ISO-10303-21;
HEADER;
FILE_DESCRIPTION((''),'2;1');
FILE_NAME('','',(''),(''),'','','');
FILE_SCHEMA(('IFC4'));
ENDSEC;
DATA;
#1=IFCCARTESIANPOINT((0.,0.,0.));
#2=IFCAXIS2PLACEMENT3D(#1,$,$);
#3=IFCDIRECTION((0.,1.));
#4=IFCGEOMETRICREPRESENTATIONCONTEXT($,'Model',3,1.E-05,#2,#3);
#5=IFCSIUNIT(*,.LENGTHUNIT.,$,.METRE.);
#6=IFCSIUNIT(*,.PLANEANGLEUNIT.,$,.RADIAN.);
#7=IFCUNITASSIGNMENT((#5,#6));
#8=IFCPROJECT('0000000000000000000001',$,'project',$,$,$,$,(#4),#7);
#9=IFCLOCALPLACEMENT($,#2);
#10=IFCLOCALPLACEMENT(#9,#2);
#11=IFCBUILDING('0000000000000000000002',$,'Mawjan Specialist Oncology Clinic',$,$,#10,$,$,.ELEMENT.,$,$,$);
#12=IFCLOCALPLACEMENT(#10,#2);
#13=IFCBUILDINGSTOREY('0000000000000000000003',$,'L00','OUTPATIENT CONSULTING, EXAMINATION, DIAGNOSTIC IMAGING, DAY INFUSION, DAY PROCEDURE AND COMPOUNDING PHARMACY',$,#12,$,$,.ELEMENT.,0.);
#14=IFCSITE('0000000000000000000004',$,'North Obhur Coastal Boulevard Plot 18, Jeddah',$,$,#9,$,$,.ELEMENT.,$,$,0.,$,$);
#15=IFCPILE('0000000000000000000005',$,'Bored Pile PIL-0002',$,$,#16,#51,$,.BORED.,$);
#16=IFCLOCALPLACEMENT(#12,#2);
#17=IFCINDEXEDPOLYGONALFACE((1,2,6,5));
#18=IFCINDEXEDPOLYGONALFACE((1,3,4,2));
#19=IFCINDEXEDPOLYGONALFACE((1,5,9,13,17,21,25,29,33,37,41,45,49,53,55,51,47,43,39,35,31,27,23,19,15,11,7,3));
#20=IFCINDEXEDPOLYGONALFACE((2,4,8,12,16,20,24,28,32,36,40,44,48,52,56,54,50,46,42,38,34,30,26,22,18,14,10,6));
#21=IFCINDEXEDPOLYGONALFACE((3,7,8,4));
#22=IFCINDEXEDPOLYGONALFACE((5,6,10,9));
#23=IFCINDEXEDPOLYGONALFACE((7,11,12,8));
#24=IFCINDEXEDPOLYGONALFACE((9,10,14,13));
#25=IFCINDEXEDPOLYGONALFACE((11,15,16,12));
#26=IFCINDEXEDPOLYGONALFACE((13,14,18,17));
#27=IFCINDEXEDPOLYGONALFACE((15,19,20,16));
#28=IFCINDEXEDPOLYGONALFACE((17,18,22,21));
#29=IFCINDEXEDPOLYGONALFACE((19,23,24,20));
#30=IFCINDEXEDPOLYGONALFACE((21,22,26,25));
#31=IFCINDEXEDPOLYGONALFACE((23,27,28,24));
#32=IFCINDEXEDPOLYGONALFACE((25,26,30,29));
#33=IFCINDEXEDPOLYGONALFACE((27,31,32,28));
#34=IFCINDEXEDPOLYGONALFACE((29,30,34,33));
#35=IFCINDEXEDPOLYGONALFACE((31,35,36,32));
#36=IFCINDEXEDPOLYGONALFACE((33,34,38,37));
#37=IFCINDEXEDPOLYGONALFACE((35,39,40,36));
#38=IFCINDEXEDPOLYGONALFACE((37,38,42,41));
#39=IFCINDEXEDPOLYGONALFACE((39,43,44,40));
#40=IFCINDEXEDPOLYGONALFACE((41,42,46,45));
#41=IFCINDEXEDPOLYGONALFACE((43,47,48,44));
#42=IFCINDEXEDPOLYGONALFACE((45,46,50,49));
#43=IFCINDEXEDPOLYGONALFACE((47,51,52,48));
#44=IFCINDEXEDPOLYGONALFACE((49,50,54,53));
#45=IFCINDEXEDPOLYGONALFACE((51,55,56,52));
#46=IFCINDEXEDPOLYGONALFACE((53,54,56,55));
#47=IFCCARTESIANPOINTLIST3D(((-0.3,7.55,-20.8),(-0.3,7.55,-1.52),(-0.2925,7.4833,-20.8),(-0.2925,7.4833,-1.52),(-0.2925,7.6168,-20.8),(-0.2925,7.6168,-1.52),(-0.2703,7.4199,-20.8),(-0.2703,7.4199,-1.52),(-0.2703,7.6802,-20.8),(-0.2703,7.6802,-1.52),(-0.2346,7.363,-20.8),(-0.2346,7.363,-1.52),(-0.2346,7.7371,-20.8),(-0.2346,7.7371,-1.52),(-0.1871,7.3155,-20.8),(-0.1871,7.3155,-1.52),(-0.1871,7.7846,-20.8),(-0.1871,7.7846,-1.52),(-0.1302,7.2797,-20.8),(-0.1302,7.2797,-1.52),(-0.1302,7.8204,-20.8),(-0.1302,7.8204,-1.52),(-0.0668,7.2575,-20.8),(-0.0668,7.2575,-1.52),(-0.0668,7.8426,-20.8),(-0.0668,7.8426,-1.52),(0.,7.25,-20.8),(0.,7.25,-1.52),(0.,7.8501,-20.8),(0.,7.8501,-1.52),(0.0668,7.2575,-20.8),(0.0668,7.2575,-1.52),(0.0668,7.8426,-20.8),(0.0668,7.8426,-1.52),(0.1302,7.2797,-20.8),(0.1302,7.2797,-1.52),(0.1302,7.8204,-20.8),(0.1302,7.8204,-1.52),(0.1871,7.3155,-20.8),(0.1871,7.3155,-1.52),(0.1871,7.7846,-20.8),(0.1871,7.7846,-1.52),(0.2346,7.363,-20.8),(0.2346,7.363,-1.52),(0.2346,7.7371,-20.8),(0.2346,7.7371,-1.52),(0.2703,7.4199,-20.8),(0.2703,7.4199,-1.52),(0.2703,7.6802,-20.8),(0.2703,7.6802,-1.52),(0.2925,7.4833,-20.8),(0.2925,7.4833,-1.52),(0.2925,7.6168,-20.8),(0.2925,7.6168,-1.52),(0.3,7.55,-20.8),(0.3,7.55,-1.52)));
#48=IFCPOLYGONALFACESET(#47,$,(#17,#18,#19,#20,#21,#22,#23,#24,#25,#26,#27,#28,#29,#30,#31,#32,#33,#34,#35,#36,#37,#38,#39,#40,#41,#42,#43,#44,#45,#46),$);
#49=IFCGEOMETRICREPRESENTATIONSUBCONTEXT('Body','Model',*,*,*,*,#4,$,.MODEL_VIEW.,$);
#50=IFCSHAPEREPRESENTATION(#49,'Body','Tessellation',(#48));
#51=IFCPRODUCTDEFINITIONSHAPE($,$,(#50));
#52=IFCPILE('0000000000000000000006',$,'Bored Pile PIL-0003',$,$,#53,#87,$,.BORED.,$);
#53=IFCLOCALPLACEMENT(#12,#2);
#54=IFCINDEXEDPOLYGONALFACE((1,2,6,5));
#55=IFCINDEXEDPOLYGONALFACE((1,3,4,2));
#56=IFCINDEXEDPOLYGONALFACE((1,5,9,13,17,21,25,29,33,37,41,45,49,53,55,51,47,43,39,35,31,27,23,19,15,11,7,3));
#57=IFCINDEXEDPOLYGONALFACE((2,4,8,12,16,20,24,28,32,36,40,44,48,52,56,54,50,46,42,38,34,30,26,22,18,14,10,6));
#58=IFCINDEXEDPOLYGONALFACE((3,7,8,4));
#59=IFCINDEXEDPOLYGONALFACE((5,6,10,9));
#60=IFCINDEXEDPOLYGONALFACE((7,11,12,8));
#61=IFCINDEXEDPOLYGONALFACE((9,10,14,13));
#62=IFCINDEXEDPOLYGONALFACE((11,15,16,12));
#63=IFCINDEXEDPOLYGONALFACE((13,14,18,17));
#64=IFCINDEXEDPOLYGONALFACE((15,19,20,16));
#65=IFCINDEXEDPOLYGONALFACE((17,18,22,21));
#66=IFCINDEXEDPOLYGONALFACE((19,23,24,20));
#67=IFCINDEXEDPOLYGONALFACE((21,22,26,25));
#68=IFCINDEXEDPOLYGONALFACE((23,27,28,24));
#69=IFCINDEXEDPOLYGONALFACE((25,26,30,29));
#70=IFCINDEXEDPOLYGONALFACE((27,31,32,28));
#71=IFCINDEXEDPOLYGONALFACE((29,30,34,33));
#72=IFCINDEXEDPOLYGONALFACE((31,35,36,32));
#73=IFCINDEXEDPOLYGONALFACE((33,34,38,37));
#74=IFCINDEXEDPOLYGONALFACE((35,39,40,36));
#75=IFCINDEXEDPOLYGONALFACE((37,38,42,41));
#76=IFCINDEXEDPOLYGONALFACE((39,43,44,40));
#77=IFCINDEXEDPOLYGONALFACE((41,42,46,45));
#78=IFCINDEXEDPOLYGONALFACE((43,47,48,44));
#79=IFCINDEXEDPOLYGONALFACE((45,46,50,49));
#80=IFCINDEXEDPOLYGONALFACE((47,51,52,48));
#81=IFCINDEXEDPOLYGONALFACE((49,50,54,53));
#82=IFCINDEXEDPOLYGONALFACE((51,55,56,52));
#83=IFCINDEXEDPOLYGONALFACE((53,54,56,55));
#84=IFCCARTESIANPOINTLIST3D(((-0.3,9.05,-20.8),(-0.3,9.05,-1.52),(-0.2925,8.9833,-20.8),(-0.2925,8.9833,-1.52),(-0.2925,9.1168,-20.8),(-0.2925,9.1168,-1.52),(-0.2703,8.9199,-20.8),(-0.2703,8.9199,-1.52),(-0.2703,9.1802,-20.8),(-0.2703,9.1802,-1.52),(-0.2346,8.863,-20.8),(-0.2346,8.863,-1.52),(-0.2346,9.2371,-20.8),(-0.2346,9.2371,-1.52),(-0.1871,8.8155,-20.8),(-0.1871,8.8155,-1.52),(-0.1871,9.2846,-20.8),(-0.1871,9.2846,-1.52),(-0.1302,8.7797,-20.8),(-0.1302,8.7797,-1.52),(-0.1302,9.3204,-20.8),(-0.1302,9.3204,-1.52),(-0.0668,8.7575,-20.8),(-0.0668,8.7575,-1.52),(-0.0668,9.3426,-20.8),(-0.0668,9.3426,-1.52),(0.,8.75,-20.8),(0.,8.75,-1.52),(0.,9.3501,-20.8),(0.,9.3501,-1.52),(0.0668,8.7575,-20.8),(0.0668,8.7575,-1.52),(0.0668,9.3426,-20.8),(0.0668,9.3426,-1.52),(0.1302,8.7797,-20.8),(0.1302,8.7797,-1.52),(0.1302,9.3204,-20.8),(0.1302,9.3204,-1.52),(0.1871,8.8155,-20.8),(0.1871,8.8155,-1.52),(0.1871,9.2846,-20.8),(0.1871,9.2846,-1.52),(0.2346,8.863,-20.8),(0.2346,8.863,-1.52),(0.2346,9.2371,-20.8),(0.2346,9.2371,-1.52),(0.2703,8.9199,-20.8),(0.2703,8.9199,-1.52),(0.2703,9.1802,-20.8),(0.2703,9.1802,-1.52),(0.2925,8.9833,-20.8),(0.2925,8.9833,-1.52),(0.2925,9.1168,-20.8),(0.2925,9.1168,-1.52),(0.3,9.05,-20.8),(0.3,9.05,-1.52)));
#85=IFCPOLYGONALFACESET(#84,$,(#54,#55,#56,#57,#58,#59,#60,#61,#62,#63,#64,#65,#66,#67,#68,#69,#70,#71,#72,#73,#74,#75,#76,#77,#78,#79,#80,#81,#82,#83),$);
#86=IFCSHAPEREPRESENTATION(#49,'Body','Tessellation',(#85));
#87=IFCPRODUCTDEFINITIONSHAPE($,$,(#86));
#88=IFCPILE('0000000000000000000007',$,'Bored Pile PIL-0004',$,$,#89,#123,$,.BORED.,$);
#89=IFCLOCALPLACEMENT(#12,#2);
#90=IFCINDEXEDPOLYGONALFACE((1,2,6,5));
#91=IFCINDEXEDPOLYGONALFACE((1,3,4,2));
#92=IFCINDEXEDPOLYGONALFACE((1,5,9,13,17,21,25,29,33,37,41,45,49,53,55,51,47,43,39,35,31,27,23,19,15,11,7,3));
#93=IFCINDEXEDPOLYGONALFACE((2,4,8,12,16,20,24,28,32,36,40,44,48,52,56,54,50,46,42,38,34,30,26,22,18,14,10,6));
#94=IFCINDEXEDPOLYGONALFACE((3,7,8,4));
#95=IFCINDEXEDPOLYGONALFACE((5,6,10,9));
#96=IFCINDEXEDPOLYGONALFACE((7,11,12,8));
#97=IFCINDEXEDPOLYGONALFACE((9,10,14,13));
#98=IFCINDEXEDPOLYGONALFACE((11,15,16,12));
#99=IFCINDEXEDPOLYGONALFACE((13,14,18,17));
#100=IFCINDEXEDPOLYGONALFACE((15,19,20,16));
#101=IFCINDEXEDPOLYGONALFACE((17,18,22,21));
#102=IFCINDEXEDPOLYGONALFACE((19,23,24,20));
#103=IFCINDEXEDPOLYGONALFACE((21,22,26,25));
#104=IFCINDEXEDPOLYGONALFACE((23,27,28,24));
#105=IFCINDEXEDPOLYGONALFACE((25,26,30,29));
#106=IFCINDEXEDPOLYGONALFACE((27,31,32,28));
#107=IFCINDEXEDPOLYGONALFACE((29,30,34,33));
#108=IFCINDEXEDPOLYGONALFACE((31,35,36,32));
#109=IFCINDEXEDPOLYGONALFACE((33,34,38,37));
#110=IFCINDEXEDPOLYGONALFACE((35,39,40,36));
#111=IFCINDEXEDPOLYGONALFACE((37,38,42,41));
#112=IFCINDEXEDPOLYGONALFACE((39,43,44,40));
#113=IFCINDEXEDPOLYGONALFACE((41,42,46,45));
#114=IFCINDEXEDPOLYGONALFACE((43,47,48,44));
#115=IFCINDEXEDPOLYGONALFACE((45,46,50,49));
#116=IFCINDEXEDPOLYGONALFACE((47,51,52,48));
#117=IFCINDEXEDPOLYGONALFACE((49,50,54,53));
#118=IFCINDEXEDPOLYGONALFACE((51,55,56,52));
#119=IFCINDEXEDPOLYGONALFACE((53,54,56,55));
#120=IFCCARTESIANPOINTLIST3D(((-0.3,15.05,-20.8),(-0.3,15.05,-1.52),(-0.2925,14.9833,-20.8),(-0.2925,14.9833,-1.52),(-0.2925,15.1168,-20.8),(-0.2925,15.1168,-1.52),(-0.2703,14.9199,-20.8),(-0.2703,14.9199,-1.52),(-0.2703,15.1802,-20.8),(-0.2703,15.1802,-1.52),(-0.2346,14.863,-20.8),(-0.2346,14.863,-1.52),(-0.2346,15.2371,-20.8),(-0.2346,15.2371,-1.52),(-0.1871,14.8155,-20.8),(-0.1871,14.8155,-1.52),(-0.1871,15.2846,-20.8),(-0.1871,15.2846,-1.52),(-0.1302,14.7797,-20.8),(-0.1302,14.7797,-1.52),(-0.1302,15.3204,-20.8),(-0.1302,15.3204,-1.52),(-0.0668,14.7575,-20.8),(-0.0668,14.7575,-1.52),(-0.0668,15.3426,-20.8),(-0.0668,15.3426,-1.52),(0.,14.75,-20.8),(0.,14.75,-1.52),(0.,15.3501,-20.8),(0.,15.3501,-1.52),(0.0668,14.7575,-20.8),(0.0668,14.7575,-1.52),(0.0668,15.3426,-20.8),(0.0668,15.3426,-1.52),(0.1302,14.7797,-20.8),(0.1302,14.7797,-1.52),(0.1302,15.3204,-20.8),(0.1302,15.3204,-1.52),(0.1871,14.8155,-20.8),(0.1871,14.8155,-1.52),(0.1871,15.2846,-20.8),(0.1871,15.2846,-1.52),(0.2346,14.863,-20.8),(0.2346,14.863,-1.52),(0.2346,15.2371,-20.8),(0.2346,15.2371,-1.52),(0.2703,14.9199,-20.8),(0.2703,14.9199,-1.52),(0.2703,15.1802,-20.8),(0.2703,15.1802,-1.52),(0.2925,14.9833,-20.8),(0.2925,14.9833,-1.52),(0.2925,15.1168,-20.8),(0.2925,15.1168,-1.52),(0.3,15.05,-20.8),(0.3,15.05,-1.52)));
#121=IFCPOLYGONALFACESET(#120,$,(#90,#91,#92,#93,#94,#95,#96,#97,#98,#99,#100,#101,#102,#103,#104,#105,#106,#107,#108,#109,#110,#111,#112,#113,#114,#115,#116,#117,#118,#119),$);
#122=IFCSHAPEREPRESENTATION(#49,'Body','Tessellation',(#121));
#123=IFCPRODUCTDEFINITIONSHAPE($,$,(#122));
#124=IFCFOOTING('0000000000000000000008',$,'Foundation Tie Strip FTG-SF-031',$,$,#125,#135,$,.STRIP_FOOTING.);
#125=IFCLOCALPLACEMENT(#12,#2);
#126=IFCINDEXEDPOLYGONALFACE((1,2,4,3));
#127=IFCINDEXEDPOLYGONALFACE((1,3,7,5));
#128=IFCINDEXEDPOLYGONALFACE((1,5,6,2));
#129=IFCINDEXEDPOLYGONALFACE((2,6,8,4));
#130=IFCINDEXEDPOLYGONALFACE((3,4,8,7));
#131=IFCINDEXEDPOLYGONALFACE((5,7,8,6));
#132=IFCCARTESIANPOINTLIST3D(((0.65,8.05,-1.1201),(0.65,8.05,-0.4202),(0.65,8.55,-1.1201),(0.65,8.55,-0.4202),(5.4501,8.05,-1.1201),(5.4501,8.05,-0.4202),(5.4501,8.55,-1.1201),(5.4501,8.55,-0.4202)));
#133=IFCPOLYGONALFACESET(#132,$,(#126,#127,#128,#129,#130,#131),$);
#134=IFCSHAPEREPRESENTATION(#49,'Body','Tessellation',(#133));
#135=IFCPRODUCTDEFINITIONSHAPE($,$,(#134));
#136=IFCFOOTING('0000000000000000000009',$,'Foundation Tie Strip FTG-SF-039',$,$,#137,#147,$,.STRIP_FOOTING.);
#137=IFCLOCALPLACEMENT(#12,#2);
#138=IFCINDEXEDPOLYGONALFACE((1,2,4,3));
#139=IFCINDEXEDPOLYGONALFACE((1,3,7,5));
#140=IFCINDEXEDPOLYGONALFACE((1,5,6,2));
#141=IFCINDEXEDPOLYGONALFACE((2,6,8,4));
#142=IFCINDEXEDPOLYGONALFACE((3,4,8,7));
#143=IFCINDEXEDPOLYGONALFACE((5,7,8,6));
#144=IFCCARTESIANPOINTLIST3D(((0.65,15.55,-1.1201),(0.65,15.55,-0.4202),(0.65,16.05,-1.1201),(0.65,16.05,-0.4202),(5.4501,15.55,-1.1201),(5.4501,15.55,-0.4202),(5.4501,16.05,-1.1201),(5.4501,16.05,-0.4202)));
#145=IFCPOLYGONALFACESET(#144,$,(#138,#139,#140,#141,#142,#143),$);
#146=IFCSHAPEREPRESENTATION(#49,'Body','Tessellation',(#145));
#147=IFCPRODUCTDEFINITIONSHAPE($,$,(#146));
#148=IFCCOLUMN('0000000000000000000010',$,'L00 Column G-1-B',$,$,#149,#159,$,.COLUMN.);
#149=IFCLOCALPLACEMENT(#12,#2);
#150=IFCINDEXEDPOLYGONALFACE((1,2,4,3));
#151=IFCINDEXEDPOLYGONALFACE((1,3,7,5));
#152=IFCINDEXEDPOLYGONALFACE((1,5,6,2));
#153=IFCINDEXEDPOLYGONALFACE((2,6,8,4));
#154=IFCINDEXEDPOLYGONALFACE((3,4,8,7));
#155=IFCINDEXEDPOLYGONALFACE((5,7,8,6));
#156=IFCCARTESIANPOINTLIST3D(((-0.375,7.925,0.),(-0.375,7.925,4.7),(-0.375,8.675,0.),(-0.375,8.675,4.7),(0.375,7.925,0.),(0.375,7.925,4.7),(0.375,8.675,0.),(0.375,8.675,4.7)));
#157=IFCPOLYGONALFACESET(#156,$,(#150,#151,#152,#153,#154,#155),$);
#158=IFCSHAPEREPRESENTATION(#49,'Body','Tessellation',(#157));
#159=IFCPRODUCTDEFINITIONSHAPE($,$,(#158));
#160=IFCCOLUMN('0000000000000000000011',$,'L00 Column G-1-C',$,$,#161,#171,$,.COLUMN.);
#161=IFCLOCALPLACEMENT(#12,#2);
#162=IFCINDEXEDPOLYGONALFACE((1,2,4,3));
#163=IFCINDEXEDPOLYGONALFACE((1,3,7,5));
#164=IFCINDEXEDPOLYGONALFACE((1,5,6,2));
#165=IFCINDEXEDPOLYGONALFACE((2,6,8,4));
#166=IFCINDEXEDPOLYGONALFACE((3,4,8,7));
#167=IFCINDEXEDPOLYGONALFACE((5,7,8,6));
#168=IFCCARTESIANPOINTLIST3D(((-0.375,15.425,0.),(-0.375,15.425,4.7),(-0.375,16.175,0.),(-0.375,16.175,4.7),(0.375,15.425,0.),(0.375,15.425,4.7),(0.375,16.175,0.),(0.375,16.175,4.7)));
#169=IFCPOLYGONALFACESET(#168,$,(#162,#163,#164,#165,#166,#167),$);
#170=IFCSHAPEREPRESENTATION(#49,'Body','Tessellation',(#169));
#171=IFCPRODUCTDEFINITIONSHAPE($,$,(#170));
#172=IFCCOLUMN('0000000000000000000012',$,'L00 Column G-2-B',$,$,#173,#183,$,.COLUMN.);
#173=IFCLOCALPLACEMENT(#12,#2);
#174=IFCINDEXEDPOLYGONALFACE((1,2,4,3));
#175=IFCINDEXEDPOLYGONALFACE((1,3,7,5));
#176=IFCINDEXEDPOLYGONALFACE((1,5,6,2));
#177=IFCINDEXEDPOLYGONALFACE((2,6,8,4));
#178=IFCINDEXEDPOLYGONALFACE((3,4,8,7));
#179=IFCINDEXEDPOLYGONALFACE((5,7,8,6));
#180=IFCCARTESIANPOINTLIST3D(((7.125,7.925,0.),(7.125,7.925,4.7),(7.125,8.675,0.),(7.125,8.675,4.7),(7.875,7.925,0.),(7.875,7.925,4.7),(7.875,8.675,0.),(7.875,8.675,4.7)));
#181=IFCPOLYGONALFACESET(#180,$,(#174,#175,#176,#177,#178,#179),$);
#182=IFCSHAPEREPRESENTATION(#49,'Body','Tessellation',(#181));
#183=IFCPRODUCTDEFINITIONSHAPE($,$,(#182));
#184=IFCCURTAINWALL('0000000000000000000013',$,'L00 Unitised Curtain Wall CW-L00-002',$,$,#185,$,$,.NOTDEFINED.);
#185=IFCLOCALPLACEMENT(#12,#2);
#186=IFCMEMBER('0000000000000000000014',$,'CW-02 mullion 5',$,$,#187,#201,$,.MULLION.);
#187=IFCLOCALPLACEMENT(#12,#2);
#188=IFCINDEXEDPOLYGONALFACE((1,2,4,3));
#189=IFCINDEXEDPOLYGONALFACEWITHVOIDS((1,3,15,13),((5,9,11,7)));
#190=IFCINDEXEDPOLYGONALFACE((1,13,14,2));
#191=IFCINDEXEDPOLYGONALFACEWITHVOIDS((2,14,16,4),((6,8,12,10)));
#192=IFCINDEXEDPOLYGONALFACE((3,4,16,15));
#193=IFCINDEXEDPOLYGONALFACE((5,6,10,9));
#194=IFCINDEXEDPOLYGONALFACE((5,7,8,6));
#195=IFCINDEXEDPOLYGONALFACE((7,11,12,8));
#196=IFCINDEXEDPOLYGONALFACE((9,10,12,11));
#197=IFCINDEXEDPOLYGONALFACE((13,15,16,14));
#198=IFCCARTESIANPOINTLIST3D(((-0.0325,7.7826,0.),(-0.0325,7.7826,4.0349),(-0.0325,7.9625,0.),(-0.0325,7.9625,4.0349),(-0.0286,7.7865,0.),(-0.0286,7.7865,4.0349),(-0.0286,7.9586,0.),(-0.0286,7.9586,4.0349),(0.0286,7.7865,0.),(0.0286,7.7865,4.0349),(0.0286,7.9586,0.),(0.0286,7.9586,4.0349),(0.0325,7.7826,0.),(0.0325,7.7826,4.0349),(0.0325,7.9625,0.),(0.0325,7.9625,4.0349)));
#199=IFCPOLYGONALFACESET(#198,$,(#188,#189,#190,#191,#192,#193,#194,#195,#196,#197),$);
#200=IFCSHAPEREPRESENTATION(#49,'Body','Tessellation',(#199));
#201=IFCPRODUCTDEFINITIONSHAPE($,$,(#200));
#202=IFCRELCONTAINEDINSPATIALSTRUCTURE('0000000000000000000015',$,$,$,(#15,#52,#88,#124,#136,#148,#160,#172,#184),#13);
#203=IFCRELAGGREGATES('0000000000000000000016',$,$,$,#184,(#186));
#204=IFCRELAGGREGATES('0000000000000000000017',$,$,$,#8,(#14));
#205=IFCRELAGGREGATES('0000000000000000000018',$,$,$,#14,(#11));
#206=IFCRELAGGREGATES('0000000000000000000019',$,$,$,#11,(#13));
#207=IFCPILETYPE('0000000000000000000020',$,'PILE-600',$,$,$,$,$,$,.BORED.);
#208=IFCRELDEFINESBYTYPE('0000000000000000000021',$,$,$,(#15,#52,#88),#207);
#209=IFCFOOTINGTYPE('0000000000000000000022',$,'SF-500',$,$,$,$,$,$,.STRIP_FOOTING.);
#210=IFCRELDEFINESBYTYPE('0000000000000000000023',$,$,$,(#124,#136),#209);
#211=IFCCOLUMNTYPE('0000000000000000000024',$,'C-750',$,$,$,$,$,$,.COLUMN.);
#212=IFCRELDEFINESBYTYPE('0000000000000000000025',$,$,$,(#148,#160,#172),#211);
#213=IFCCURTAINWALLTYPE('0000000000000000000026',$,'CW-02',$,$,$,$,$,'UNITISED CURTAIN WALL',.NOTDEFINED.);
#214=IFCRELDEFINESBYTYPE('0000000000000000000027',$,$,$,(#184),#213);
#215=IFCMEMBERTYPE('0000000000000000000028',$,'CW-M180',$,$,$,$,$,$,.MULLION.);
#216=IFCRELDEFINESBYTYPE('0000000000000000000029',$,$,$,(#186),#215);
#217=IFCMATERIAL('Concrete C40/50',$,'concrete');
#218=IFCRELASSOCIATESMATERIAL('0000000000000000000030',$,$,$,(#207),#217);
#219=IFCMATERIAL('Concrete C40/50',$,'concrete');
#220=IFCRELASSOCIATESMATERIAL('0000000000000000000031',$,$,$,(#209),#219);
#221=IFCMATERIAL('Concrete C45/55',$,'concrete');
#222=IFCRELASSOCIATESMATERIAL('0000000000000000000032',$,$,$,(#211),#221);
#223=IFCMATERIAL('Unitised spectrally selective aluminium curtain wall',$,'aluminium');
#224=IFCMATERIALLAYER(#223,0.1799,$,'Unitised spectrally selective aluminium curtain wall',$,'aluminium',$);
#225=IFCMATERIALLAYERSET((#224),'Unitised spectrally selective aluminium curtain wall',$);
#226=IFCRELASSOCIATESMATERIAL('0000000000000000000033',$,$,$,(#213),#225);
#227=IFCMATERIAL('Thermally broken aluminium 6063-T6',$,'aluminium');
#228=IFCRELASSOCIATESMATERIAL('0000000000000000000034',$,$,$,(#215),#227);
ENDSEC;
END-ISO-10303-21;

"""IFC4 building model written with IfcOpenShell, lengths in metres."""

from ifc_helpers import new_model, si_unit, direction, frame, origin, origin_2d, place, context, subcontext, project, spatial, rectangle, hollow_rectangle, circle, extrude, material, layer, layer_set, material_profile, profile_set, type_object, element, aggregate, save


model = new_model("IFC4")

# Units and contexts
model_context = context("Model", 3, precision=1e-05, world=origin(), true_north=direction((0.0, 1.0)))
body_context = subcontext(model_context, "Body", "Model", "MODEL_VIEW")
ifc_project = project(units=[si_unit("LENGTHUNIT", "METRE"), si_unit("PLANEANGLEUNIT", "RADIAN")], contexts=[model_context])

# Site, building, storey
site_placement = place(None, origin())
site = spatial("IfcSite", under=ifc_project, at=site_placement, Name="North Obhur Coastal Boulevard Plot 18, Jeddah", CompositionType="ELEMENT", RefElevation=0.0)
building_placement = place(site_placement, origin())
building = spatial("IfcBuilding", under=site, at=building_placement, Name="Mawjan Specialist Oncology Clinic", CompositionType="ELEMENT")
storey_placement = place(building_placement, origin())
storey = spatial("IfcBuildingStorey", under=building, at=storey_placement, Name="L00", Description="OUTPATIENT CONSULTING, EXAMINATION, DIAGNOSTIC IMAGING, DAY INFUSION, DAY PROCEDURE AND COMPOUNDING PHARMACY", CompositionType="ELEMENT", Elevation=0.0)

# Piles
ifc_material_1 = material(Name="Concrete C40/50", Category="concrete")
ifc_material_profile_1 = material_profile(ifc_material_1, circle(Radius=0.3, at=origin_2d()), Name="BORED PILE D600", Category="concrete")
ifc_profile_set_1 = profile_set([ifc_material_profile_1], Name="Concrete C40/50")
pile_type_1 = type_object("IfcPileType", Name="PILE-600", PredefinedType="BORED", material=ifc_profile_set_1)
for number, where, z_axis, x_axis, name in (
    (1, (0.0, 7.55, -1.52), (0.0, 0.0, -1.0), (1.0, 0.0, 0.0), "Bored Pile PIL-0002"),
    (2, (0.0, 9.05, -1.52), (0.0, 0.0, -1.0), (1.0, 0.0, 0.0), "Bored Pile PIL-0003"),
    (3, (0.0, 15.05, -1.52), (0.0, 0.0, -1.0), (1.0, 0.0, 0.0), "Bored Pile PIL-0004"),
):
    element("IfcPile", number, at=place(storey_placement, frame(where, z_axis=z_axis, x_axis=x_axis)), inside=storey, type_object=pile_type_1, Name=name, PredefinedType="BORED", context=body_context, shape_type="SweptSolid", body=[
        extrude(circle(Radius=0.3, at=origin_2d()), origin(), (0.0, 0.0, 1.0), 19.28),
    ])

# Footings
ifc_material_2 = material(Name="Concrete C40/50", Category="concrete")
footing_type_1 = type_object("IfcFootingType", Name="SF-500", PredefinedType="STRIP_FOOTING", material=ifc_material_2)
for number, where, z_axis, x_axis, name in (
    (4, (3.05, 8.3, -1.1201), (0.0, 0.0, 1.0), (1.0, 0.0, 0.0), "Foundation Tie Strip FTG-SF-031"),
    (5, (3.05, 15.8, -1.1201), (0.0, 0.0, 1.0), (1.0, 0.0, 0.0), "Foundation Tie Strip FTG-SF-039"),
):
    element("IfcFooting", number, at=place(storey_placement, frame(where, z_axis=z_axis, x_axis=x_axis)), inside=storey, type_object=footing_type_1, Name=name, PredefinedType="STRIP_FOOTING", context=body_context, shape_type="SweptSolid", body=[
        extrude(rectangle(XDim=4.8, YDim=0.5, at=origin_2d()), origin(), (0.0, 0.0, 1.0), 0.7),
    ])

# Columns
ifc_material_3 = material(Name="Concrete C45/55", Category="concrete")
ifc_material_profile_2 = material_profile(ifc_material_3, rectangle(XDim=0.75, YDim=0.75, at=origin_2d()), Name="RC COL 750x750", Category="concrete")
ifc_profile_set_2 = profile_set([ifc_material_profile_2], Name="Concrete C45/55")
column_type = type_object("IfcColumnType", Name="C-750", PredefinedType="COLUMN", material=ifc_profile_set_2)
for number, where, z_axis, x_axis, name in (
    (6, (0.0, 8.3, 0.0), (0.0, 0.0, 1.0), (1.0, 0.0, 0.0), "L00 Column G-1-B"),
    (7, (0.0, 15.8, 0.0), (0.0, 0.0, 1.0), (1.0, 0.0, 0.0), "L00 Column G-1-C"),
    (8, (7.5, 8.3, 0.0), (0.0, 0.0, 1.0), (1.0, 0.0, 0.0), "L00 Column G-2-B"),
):
    element("IfcColumn", number, at=place(storey_placement, frame(where, z_axis=z_axis, x_axis=x_axis)), inside=storey, type_object=column_type, Name=name, PredefinedType="COLUMN", context=body_context, shape_type="SweptSolid", body=[
        extrude(rectangle(XDim=0.75, YDim=0.75, at=origin_2d()), origin(), (0.0, 0.0, 1.0), 4.7),
    ])

# Curtain wall, member
ifc_material_4 = material(Name="Unitised spectrally selective aluminium curtain wall", Category="aluminium")
ifc_layer_1 = layer(ifc_material_4, 0.1799, Name="Unitised spectrally selective aluminium curtain wall", Category="aluminium")
ifc_layer_set_1 = layer_set([ifc_layer_1], Name="Unitised spectrally selective aluminium curtain wall")
curtain_wall_type = type_object("IfcCurtainWallType", Name="CW-02", ElementType="UNITISED CURTAIN WALL", PredefinedType="NOTDEFINED", material=ifc_layer_set_1)
curtain_wall_1_placement = place(storey_placement, origin())
curtain_wall_1 = element("IfcCurtainWall", 9, at=curtain_wall_1_placement, inside=storey, type_object=curtain_wall_type, Name="L00 Unitised Curtain Wall CW-L00-002", PredefinedType="NOTDEFINED")
ifc_material_5 = material(Name="Thermally broken aluminium 6063-T6", Category="aluminium")
ifc_material_profile_3 = material_profile(ifc_material_5, hollow_rectangle(XDim=0.0649, YDim=0.1799, WallThickness=0.0039, at=origin_2d()), Name="ALU MULLION 180x65x4", Category="aluminium")
ifc_profile_set_3 = profile_set([ifc_material_profile_3], Name="Thermally broken aluminium 6063-T6")
member_type_1 = type_object("IfcMemberType", Name="CW-M180", PredefinedType="MULLION", material=ifc_profile_set_3)
member_1_placement = place(storey_placement, frame((0.0, 7.8726, 0.0), z_axis=(0.0, 0.0, 1.0), x_axis=(-1.0, 0.0, 0.0)))
member_1 = element("IfcMember", 10, at=member_1_placement, type_object=member_type_1, Name="CW-02 mullion 5", PredefinedType="MULLION", context=body_context, shape_type="SweptSolid", body=[
    extrude(hollow_rectangle(XDim=0.0649, YDim=0.1799, WallThickness=0.0039, at=origin_2d()), origin(), (0.0, 0.0, 1.0), 4.0349),
])

aggregate(curtain_wall_1, [member_1])

save(model, "model.ifc")
